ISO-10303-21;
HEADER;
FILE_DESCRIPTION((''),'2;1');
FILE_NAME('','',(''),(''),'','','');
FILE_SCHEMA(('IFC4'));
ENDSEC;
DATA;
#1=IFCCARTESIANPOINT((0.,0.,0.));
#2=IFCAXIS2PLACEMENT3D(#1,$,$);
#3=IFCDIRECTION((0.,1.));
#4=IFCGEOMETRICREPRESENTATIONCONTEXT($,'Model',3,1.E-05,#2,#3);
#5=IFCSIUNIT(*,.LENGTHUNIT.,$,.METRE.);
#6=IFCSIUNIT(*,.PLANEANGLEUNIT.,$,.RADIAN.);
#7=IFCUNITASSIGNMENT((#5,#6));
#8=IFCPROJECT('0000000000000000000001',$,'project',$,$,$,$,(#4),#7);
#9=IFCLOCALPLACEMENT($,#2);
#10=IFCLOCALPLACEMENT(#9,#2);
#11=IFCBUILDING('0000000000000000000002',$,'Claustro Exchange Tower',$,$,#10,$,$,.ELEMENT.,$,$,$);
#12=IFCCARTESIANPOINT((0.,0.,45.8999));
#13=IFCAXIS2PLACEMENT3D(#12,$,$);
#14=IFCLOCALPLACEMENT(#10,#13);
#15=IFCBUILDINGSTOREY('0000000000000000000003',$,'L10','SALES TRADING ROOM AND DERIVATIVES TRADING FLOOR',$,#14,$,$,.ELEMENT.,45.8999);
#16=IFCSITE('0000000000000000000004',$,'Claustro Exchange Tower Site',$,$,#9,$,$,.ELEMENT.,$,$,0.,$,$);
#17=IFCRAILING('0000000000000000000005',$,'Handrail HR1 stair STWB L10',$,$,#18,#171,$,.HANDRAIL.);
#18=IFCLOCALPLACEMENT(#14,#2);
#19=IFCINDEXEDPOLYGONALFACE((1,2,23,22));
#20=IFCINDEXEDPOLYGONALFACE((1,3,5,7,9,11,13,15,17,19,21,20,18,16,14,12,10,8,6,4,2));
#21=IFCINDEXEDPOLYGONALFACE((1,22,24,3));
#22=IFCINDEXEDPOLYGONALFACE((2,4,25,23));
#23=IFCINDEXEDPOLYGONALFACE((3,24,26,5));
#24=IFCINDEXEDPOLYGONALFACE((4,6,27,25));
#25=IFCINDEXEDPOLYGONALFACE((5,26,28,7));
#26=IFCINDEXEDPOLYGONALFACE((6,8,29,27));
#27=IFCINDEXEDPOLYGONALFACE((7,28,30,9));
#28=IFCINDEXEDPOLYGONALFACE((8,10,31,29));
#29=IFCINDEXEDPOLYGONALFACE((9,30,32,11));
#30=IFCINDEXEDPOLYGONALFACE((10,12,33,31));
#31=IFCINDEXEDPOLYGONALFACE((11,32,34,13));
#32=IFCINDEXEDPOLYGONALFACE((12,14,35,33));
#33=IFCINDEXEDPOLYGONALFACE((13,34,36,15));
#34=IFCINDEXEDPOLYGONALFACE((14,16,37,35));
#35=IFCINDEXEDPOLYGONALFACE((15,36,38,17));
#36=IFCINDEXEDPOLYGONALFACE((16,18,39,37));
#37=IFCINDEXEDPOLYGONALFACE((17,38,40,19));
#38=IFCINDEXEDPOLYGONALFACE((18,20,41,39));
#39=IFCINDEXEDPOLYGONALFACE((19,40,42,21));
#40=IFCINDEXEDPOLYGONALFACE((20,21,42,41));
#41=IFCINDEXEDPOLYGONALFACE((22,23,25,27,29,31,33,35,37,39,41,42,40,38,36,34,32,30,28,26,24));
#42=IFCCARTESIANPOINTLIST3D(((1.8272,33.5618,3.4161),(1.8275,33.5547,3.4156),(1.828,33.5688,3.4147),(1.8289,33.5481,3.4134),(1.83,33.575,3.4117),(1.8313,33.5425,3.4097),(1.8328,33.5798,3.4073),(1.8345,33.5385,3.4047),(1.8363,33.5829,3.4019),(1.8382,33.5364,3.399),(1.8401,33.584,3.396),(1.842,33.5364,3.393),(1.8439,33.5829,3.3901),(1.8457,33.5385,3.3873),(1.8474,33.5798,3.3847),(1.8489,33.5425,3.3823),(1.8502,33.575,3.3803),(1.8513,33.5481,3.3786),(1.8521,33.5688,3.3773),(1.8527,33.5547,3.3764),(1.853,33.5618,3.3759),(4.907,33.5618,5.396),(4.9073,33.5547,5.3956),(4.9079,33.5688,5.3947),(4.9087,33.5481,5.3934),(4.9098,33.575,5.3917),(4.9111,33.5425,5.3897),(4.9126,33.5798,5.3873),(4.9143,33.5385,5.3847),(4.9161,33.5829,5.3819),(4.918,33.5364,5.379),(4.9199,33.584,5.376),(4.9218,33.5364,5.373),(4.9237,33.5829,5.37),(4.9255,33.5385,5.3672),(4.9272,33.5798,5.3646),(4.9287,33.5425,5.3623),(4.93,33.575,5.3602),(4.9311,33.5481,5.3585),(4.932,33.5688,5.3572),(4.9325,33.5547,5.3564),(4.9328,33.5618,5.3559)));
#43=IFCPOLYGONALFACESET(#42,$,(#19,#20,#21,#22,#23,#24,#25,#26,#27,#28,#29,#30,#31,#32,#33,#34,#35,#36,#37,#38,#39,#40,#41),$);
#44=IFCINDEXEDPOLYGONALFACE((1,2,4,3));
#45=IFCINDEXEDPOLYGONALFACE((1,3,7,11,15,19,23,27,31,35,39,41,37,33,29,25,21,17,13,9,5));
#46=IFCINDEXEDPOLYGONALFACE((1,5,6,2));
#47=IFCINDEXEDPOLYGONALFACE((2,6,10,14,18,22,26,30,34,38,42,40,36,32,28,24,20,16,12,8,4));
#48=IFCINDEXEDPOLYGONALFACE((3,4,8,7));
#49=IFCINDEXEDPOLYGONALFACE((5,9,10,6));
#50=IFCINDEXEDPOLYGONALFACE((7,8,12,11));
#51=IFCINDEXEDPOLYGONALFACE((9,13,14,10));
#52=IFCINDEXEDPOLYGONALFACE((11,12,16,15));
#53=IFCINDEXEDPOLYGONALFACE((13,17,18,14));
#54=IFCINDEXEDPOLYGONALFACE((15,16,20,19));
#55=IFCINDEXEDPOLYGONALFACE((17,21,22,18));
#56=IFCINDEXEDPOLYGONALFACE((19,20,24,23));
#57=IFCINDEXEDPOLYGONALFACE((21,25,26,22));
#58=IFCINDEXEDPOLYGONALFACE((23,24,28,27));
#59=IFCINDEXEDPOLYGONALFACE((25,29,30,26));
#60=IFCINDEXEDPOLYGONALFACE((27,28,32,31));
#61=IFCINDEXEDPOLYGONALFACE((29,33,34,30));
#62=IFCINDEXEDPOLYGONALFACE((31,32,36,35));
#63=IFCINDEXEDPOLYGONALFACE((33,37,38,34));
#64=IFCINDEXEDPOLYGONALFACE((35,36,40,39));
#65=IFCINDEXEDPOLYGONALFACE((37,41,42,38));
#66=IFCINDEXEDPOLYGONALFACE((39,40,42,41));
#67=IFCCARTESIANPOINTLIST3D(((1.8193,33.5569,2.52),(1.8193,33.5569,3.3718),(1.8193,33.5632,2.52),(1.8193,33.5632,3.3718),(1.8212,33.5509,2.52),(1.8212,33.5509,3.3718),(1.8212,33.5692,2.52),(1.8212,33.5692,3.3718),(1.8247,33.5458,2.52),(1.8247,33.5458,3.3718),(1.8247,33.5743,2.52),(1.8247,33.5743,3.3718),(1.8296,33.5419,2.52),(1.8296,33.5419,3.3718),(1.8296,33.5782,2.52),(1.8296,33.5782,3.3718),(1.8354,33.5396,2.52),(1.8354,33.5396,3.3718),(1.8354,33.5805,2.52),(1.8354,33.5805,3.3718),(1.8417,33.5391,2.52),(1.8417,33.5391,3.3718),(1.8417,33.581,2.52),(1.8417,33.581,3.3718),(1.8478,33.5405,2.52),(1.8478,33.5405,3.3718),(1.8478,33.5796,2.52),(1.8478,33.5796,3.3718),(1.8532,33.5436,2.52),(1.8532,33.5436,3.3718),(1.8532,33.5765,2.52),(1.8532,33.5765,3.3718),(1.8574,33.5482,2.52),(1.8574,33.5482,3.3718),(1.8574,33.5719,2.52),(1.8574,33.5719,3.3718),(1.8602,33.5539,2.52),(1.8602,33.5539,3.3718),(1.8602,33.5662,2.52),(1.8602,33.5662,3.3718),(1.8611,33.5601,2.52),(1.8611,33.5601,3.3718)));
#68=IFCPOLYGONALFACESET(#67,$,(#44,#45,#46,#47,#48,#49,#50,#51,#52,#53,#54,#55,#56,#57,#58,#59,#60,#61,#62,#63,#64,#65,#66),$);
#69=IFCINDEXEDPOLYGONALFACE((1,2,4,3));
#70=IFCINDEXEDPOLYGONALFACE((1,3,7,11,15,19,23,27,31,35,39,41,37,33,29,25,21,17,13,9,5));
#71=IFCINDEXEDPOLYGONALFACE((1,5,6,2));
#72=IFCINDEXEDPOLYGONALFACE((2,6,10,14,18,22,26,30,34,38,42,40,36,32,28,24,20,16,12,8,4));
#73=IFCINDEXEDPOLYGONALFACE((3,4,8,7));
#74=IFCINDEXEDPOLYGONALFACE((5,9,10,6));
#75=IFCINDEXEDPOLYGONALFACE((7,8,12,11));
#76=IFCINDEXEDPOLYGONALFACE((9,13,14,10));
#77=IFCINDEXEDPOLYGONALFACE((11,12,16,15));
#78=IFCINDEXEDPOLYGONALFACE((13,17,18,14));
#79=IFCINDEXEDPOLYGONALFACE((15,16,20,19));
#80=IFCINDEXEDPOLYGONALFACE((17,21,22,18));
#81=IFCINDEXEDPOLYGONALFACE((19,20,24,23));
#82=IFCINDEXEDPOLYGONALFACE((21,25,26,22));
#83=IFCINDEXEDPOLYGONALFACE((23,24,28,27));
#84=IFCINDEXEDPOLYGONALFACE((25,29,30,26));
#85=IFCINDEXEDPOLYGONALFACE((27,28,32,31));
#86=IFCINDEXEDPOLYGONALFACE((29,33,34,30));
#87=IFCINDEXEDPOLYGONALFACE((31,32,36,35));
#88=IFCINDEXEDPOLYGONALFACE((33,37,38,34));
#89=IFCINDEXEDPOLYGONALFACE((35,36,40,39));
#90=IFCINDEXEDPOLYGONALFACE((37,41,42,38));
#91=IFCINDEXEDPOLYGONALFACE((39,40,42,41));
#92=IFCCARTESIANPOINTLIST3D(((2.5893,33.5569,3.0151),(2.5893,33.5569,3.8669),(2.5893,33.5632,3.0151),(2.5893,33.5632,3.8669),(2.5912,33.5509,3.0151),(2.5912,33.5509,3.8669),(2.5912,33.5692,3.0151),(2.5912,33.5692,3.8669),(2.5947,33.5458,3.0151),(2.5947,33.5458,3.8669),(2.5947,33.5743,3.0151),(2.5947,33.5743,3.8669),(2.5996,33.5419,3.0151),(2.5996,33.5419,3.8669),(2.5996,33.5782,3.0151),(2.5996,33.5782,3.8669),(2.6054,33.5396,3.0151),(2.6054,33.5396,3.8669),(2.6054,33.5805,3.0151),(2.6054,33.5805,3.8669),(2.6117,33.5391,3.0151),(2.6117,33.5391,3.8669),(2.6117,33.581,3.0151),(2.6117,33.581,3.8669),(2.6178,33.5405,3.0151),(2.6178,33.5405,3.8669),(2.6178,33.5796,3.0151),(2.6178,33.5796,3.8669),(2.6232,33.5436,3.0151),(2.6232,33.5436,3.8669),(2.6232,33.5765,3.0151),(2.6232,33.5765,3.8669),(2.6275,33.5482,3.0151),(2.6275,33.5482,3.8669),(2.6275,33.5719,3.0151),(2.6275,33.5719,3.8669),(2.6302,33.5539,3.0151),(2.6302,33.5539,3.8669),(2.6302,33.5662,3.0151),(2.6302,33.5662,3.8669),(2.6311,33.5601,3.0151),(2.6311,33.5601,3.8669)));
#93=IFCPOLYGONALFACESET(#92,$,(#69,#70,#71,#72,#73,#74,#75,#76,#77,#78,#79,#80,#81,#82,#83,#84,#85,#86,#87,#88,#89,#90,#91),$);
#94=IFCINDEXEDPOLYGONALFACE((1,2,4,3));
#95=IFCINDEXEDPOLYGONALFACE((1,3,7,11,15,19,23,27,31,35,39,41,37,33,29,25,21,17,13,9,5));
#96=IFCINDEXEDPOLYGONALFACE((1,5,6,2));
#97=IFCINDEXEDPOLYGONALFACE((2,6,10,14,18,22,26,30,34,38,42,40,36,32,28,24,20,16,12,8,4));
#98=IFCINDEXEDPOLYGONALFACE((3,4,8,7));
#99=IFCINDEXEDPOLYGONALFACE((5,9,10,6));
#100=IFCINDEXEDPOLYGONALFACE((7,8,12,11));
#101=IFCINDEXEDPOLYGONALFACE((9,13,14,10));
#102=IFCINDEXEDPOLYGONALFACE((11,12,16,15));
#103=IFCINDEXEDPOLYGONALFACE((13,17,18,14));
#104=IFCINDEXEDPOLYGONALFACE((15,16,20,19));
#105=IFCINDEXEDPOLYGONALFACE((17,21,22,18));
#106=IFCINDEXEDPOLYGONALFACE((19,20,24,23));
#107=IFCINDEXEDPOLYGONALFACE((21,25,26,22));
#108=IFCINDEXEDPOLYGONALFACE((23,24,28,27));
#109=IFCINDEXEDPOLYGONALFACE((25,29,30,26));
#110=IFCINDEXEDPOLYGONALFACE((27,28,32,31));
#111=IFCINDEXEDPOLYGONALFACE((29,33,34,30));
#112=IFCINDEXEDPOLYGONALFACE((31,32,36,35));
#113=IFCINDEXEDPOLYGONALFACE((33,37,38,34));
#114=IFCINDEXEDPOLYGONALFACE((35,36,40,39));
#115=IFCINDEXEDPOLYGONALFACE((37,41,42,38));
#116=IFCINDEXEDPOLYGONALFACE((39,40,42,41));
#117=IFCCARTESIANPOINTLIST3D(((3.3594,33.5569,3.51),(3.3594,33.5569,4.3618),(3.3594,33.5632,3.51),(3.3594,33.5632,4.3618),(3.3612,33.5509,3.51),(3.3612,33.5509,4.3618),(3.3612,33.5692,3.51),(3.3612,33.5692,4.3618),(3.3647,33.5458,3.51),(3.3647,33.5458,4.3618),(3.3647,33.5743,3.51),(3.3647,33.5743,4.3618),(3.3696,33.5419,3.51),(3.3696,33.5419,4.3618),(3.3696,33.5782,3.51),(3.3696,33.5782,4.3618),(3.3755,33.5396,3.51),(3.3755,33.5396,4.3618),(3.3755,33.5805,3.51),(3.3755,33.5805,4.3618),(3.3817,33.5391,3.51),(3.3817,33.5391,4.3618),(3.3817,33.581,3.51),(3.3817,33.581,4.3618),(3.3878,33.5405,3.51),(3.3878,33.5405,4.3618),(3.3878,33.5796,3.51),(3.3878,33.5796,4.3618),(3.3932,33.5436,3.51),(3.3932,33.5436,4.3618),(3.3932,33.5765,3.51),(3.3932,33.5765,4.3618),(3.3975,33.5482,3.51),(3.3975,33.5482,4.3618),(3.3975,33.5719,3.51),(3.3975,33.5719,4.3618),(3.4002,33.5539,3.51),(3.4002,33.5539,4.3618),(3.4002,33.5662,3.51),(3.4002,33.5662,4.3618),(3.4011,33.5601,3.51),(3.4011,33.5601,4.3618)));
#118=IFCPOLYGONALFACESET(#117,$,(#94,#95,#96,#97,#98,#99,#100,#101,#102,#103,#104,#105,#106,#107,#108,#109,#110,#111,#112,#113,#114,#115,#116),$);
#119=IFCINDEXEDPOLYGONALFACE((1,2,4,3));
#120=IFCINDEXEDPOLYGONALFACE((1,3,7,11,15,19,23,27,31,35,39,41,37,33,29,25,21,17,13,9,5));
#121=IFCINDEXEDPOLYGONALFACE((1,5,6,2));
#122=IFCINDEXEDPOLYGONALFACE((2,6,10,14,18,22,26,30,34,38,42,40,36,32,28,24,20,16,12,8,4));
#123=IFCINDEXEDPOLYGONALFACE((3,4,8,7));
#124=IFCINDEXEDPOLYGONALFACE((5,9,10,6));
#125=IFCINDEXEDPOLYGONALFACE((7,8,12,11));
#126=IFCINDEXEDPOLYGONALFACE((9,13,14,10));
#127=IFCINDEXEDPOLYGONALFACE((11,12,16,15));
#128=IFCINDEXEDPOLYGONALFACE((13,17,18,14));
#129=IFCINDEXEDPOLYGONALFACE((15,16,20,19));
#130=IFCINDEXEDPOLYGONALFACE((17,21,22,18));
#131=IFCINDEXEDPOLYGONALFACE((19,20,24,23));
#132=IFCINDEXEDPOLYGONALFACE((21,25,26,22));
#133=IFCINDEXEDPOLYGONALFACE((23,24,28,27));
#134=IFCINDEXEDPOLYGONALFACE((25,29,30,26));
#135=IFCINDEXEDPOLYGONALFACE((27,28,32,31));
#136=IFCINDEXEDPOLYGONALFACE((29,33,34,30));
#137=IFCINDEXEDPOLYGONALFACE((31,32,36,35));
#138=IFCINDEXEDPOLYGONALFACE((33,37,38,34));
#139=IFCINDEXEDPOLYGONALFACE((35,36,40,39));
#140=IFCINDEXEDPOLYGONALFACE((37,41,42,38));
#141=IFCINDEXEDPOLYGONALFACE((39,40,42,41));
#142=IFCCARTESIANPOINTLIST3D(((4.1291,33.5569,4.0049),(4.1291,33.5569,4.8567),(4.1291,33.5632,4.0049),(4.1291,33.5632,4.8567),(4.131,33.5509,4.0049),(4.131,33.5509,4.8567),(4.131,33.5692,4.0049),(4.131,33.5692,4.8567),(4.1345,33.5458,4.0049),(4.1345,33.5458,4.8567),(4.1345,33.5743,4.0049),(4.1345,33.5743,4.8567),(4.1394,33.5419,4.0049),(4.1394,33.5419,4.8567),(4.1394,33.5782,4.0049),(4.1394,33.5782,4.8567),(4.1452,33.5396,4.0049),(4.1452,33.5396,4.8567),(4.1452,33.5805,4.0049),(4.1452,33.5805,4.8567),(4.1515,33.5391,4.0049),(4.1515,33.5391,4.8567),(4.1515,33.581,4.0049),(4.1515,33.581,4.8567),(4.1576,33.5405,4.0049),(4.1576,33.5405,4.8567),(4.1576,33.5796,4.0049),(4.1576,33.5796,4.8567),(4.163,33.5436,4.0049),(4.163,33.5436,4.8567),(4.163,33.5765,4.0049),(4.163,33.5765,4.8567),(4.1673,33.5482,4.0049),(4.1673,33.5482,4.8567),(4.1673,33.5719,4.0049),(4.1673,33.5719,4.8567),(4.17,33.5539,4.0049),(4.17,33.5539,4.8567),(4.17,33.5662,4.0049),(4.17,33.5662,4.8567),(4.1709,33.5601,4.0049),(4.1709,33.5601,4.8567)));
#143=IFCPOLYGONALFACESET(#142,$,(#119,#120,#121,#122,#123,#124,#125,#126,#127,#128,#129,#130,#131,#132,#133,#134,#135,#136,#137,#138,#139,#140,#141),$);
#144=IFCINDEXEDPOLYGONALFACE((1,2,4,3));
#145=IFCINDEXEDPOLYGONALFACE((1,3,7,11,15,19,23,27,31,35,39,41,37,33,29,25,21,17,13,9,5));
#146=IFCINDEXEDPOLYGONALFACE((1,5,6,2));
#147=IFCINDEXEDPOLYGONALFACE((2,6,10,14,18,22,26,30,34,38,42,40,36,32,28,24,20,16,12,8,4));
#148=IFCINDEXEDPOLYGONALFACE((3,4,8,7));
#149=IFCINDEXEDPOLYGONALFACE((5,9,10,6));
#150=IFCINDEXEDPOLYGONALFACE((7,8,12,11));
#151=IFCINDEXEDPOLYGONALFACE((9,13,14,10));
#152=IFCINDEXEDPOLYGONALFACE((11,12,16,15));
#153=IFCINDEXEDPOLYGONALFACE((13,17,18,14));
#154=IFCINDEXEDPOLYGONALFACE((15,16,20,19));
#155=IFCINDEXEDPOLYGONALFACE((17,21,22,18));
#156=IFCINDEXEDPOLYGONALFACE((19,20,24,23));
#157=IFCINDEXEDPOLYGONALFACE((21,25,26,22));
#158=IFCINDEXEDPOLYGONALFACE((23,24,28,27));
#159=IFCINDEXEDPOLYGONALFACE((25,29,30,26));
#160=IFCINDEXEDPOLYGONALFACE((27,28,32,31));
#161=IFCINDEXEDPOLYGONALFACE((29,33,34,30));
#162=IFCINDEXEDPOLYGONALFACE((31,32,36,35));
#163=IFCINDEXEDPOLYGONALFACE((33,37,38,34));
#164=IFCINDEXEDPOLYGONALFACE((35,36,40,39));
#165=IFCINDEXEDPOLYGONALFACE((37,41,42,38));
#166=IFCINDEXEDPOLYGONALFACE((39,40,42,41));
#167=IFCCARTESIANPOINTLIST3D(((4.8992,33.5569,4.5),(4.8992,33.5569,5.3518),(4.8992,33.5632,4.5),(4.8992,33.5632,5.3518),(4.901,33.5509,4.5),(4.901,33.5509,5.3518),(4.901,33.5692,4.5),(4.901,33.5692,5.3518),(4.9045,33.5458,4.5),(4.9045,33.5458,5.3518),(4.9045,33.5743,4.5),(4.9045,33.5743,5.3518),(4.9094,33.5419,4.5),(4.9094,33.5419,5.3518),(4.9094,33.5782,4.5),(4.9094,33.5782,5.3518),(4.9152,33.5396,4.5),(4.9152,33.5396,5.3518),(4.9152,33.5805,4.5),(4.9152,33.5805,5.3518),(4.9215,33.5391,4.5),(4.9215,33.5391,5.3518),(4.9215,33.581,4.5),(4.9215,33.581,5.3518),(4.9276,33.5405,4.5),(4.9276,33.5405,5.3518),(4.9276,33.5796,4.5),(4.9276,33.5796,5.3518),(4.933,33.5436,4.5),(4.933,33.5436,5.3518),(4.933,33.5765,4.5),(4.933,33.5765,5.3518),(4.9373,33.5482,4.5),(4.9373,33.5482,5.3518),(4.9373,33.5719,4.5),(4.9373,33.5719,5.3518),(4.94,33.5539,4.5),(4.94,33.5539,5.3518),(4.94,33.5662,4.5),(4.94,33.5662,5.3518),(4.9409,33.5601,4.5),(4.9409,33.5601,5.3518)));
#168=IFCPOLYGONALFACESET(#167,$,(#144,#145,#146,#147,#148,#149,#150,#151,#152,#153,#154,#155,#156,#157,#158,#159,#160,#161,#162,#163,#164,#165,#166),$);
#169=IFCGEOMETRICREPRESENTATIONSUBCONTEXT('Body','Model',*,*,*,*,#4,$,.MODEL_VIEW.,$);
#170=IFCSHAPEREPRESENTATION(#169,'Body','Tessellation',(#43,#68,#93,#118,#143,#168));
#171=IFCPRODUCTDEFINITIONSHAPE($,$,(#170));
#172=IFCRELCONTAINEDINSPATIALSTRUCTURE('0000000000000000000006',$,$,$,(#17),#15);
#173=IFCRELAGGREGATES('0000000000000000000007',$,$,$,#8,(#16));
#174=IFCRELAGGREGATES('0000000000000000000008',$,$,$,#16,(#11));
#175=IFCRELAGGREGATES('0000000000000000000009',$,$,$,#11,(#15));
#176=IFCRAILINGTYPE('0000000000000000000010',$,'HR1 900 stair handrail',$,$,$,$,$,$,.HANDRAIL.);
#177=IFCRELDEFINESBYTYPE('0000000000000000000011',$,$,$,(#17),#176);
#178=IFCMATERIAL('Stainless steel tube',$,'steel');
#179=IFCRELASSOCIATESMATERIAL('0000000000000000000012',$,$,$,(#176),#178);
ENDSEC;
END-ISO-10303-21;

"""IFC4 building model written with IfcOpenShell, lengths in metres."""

from ifc_helpers import new_model, si_unit, direction, frame, origin, origin_2d, place, context, subcontext, project, spatial, circle, extrude, material, type_object, element, save


model = new_model("IFC4")

# Units and contexts
model_context = context("Model", 3, precision=1e-05, world=origin(), true_north=direction((0.0, 1.0)))
body_context = subcontext(model_context, "Body", "Model", "MODEL_VIEW")
ifc_project = project(units=[si_unit("LENGTHUNIT", "METRE"), si_unit("PLANEANGLEUNIT", "RADIAN")], contexts=[model_context])

# Site, building, storey
site_placement = place(None, origin())
site = spatial("IfcSite", under=ifc_project, at=site_placement, Name="Claustro Exchange Tower Site", CompositionType="ELEMENT", RefElevation=0.0)
building_placement = place(site_placement, origin())
building = spatial("IfcBuilding", under=site, at=building_placement, Name="Claustro Exchange Tower", CompositionType="ELEMENT")
storey_placement = place(building_placement, frame((0.0, 0.0, 45.8999)))
storey = spatial("IfcBuildingStorey", under=building, at=storey_placement, Name="L10", Description="SALES TRADING ROOM AND DERIVATIVES TRADING FLOOR", CompositionType="ELEMENT", Elevation=45.8999)

# Railing
ifc_material_1 = material(Name="Stainless steel tube", Category="steel")
railing_type_1 = type_object("IfcRailingType", Name="HR1 900 stair handrail", PredefinedType="HANDRAIL", material=ifc_material_1)
railing_1_placement = place(storey_placement, frame((1.8401, 33.5601, 2.52)))
element("IfcRailing", 1, at=railing_1_placement, inside=storey, type_object=railing_type_1, Name="Handrail HR1 stair STWB L10", PredefinedType="HANDRAIL", context=body_context, shape_type="SweptSolid", body=[
    extrude(circle(Radius=0.0239, at=origin_2d()), frame((0.0, 0.0, 0.876), z_axis=(0.841168, 0.0, 0.540774), x_axis=(0.0, 1.0, 0.0)), (0.0, 0.0, 1.0), 3.6614),
    extrude(circle(Radius=0.021, at=origin_2d()), origin(), (0.0, 0.0, 1.0), 0.8518),
    extrude(circle(Radius=0.021, at=origin_2d()), frame((0.77, 0.0, 0.4951)), (0.0, 0.0, 1.0), 0.8518),
    extrude(circle(Radius=0.021, at=origin_2d()), frame((1.54, 0.0, 0.99)), (0.0, 0.0, 1.0), 0.8518),
    extrude(circle(Radius=0.021, at=origin_2d()), frame((2.3098, 0.0, 1.4849)), (0.0, 0.0, 1.0), 0.8518),
    extrude(circle(Radius=0.021, at=origin_2d()), frame((3.0798, 0.0, 1.98)), (0.0, 0.0, 1.0), 0.8518),
])

save(model, "model.ifc")
